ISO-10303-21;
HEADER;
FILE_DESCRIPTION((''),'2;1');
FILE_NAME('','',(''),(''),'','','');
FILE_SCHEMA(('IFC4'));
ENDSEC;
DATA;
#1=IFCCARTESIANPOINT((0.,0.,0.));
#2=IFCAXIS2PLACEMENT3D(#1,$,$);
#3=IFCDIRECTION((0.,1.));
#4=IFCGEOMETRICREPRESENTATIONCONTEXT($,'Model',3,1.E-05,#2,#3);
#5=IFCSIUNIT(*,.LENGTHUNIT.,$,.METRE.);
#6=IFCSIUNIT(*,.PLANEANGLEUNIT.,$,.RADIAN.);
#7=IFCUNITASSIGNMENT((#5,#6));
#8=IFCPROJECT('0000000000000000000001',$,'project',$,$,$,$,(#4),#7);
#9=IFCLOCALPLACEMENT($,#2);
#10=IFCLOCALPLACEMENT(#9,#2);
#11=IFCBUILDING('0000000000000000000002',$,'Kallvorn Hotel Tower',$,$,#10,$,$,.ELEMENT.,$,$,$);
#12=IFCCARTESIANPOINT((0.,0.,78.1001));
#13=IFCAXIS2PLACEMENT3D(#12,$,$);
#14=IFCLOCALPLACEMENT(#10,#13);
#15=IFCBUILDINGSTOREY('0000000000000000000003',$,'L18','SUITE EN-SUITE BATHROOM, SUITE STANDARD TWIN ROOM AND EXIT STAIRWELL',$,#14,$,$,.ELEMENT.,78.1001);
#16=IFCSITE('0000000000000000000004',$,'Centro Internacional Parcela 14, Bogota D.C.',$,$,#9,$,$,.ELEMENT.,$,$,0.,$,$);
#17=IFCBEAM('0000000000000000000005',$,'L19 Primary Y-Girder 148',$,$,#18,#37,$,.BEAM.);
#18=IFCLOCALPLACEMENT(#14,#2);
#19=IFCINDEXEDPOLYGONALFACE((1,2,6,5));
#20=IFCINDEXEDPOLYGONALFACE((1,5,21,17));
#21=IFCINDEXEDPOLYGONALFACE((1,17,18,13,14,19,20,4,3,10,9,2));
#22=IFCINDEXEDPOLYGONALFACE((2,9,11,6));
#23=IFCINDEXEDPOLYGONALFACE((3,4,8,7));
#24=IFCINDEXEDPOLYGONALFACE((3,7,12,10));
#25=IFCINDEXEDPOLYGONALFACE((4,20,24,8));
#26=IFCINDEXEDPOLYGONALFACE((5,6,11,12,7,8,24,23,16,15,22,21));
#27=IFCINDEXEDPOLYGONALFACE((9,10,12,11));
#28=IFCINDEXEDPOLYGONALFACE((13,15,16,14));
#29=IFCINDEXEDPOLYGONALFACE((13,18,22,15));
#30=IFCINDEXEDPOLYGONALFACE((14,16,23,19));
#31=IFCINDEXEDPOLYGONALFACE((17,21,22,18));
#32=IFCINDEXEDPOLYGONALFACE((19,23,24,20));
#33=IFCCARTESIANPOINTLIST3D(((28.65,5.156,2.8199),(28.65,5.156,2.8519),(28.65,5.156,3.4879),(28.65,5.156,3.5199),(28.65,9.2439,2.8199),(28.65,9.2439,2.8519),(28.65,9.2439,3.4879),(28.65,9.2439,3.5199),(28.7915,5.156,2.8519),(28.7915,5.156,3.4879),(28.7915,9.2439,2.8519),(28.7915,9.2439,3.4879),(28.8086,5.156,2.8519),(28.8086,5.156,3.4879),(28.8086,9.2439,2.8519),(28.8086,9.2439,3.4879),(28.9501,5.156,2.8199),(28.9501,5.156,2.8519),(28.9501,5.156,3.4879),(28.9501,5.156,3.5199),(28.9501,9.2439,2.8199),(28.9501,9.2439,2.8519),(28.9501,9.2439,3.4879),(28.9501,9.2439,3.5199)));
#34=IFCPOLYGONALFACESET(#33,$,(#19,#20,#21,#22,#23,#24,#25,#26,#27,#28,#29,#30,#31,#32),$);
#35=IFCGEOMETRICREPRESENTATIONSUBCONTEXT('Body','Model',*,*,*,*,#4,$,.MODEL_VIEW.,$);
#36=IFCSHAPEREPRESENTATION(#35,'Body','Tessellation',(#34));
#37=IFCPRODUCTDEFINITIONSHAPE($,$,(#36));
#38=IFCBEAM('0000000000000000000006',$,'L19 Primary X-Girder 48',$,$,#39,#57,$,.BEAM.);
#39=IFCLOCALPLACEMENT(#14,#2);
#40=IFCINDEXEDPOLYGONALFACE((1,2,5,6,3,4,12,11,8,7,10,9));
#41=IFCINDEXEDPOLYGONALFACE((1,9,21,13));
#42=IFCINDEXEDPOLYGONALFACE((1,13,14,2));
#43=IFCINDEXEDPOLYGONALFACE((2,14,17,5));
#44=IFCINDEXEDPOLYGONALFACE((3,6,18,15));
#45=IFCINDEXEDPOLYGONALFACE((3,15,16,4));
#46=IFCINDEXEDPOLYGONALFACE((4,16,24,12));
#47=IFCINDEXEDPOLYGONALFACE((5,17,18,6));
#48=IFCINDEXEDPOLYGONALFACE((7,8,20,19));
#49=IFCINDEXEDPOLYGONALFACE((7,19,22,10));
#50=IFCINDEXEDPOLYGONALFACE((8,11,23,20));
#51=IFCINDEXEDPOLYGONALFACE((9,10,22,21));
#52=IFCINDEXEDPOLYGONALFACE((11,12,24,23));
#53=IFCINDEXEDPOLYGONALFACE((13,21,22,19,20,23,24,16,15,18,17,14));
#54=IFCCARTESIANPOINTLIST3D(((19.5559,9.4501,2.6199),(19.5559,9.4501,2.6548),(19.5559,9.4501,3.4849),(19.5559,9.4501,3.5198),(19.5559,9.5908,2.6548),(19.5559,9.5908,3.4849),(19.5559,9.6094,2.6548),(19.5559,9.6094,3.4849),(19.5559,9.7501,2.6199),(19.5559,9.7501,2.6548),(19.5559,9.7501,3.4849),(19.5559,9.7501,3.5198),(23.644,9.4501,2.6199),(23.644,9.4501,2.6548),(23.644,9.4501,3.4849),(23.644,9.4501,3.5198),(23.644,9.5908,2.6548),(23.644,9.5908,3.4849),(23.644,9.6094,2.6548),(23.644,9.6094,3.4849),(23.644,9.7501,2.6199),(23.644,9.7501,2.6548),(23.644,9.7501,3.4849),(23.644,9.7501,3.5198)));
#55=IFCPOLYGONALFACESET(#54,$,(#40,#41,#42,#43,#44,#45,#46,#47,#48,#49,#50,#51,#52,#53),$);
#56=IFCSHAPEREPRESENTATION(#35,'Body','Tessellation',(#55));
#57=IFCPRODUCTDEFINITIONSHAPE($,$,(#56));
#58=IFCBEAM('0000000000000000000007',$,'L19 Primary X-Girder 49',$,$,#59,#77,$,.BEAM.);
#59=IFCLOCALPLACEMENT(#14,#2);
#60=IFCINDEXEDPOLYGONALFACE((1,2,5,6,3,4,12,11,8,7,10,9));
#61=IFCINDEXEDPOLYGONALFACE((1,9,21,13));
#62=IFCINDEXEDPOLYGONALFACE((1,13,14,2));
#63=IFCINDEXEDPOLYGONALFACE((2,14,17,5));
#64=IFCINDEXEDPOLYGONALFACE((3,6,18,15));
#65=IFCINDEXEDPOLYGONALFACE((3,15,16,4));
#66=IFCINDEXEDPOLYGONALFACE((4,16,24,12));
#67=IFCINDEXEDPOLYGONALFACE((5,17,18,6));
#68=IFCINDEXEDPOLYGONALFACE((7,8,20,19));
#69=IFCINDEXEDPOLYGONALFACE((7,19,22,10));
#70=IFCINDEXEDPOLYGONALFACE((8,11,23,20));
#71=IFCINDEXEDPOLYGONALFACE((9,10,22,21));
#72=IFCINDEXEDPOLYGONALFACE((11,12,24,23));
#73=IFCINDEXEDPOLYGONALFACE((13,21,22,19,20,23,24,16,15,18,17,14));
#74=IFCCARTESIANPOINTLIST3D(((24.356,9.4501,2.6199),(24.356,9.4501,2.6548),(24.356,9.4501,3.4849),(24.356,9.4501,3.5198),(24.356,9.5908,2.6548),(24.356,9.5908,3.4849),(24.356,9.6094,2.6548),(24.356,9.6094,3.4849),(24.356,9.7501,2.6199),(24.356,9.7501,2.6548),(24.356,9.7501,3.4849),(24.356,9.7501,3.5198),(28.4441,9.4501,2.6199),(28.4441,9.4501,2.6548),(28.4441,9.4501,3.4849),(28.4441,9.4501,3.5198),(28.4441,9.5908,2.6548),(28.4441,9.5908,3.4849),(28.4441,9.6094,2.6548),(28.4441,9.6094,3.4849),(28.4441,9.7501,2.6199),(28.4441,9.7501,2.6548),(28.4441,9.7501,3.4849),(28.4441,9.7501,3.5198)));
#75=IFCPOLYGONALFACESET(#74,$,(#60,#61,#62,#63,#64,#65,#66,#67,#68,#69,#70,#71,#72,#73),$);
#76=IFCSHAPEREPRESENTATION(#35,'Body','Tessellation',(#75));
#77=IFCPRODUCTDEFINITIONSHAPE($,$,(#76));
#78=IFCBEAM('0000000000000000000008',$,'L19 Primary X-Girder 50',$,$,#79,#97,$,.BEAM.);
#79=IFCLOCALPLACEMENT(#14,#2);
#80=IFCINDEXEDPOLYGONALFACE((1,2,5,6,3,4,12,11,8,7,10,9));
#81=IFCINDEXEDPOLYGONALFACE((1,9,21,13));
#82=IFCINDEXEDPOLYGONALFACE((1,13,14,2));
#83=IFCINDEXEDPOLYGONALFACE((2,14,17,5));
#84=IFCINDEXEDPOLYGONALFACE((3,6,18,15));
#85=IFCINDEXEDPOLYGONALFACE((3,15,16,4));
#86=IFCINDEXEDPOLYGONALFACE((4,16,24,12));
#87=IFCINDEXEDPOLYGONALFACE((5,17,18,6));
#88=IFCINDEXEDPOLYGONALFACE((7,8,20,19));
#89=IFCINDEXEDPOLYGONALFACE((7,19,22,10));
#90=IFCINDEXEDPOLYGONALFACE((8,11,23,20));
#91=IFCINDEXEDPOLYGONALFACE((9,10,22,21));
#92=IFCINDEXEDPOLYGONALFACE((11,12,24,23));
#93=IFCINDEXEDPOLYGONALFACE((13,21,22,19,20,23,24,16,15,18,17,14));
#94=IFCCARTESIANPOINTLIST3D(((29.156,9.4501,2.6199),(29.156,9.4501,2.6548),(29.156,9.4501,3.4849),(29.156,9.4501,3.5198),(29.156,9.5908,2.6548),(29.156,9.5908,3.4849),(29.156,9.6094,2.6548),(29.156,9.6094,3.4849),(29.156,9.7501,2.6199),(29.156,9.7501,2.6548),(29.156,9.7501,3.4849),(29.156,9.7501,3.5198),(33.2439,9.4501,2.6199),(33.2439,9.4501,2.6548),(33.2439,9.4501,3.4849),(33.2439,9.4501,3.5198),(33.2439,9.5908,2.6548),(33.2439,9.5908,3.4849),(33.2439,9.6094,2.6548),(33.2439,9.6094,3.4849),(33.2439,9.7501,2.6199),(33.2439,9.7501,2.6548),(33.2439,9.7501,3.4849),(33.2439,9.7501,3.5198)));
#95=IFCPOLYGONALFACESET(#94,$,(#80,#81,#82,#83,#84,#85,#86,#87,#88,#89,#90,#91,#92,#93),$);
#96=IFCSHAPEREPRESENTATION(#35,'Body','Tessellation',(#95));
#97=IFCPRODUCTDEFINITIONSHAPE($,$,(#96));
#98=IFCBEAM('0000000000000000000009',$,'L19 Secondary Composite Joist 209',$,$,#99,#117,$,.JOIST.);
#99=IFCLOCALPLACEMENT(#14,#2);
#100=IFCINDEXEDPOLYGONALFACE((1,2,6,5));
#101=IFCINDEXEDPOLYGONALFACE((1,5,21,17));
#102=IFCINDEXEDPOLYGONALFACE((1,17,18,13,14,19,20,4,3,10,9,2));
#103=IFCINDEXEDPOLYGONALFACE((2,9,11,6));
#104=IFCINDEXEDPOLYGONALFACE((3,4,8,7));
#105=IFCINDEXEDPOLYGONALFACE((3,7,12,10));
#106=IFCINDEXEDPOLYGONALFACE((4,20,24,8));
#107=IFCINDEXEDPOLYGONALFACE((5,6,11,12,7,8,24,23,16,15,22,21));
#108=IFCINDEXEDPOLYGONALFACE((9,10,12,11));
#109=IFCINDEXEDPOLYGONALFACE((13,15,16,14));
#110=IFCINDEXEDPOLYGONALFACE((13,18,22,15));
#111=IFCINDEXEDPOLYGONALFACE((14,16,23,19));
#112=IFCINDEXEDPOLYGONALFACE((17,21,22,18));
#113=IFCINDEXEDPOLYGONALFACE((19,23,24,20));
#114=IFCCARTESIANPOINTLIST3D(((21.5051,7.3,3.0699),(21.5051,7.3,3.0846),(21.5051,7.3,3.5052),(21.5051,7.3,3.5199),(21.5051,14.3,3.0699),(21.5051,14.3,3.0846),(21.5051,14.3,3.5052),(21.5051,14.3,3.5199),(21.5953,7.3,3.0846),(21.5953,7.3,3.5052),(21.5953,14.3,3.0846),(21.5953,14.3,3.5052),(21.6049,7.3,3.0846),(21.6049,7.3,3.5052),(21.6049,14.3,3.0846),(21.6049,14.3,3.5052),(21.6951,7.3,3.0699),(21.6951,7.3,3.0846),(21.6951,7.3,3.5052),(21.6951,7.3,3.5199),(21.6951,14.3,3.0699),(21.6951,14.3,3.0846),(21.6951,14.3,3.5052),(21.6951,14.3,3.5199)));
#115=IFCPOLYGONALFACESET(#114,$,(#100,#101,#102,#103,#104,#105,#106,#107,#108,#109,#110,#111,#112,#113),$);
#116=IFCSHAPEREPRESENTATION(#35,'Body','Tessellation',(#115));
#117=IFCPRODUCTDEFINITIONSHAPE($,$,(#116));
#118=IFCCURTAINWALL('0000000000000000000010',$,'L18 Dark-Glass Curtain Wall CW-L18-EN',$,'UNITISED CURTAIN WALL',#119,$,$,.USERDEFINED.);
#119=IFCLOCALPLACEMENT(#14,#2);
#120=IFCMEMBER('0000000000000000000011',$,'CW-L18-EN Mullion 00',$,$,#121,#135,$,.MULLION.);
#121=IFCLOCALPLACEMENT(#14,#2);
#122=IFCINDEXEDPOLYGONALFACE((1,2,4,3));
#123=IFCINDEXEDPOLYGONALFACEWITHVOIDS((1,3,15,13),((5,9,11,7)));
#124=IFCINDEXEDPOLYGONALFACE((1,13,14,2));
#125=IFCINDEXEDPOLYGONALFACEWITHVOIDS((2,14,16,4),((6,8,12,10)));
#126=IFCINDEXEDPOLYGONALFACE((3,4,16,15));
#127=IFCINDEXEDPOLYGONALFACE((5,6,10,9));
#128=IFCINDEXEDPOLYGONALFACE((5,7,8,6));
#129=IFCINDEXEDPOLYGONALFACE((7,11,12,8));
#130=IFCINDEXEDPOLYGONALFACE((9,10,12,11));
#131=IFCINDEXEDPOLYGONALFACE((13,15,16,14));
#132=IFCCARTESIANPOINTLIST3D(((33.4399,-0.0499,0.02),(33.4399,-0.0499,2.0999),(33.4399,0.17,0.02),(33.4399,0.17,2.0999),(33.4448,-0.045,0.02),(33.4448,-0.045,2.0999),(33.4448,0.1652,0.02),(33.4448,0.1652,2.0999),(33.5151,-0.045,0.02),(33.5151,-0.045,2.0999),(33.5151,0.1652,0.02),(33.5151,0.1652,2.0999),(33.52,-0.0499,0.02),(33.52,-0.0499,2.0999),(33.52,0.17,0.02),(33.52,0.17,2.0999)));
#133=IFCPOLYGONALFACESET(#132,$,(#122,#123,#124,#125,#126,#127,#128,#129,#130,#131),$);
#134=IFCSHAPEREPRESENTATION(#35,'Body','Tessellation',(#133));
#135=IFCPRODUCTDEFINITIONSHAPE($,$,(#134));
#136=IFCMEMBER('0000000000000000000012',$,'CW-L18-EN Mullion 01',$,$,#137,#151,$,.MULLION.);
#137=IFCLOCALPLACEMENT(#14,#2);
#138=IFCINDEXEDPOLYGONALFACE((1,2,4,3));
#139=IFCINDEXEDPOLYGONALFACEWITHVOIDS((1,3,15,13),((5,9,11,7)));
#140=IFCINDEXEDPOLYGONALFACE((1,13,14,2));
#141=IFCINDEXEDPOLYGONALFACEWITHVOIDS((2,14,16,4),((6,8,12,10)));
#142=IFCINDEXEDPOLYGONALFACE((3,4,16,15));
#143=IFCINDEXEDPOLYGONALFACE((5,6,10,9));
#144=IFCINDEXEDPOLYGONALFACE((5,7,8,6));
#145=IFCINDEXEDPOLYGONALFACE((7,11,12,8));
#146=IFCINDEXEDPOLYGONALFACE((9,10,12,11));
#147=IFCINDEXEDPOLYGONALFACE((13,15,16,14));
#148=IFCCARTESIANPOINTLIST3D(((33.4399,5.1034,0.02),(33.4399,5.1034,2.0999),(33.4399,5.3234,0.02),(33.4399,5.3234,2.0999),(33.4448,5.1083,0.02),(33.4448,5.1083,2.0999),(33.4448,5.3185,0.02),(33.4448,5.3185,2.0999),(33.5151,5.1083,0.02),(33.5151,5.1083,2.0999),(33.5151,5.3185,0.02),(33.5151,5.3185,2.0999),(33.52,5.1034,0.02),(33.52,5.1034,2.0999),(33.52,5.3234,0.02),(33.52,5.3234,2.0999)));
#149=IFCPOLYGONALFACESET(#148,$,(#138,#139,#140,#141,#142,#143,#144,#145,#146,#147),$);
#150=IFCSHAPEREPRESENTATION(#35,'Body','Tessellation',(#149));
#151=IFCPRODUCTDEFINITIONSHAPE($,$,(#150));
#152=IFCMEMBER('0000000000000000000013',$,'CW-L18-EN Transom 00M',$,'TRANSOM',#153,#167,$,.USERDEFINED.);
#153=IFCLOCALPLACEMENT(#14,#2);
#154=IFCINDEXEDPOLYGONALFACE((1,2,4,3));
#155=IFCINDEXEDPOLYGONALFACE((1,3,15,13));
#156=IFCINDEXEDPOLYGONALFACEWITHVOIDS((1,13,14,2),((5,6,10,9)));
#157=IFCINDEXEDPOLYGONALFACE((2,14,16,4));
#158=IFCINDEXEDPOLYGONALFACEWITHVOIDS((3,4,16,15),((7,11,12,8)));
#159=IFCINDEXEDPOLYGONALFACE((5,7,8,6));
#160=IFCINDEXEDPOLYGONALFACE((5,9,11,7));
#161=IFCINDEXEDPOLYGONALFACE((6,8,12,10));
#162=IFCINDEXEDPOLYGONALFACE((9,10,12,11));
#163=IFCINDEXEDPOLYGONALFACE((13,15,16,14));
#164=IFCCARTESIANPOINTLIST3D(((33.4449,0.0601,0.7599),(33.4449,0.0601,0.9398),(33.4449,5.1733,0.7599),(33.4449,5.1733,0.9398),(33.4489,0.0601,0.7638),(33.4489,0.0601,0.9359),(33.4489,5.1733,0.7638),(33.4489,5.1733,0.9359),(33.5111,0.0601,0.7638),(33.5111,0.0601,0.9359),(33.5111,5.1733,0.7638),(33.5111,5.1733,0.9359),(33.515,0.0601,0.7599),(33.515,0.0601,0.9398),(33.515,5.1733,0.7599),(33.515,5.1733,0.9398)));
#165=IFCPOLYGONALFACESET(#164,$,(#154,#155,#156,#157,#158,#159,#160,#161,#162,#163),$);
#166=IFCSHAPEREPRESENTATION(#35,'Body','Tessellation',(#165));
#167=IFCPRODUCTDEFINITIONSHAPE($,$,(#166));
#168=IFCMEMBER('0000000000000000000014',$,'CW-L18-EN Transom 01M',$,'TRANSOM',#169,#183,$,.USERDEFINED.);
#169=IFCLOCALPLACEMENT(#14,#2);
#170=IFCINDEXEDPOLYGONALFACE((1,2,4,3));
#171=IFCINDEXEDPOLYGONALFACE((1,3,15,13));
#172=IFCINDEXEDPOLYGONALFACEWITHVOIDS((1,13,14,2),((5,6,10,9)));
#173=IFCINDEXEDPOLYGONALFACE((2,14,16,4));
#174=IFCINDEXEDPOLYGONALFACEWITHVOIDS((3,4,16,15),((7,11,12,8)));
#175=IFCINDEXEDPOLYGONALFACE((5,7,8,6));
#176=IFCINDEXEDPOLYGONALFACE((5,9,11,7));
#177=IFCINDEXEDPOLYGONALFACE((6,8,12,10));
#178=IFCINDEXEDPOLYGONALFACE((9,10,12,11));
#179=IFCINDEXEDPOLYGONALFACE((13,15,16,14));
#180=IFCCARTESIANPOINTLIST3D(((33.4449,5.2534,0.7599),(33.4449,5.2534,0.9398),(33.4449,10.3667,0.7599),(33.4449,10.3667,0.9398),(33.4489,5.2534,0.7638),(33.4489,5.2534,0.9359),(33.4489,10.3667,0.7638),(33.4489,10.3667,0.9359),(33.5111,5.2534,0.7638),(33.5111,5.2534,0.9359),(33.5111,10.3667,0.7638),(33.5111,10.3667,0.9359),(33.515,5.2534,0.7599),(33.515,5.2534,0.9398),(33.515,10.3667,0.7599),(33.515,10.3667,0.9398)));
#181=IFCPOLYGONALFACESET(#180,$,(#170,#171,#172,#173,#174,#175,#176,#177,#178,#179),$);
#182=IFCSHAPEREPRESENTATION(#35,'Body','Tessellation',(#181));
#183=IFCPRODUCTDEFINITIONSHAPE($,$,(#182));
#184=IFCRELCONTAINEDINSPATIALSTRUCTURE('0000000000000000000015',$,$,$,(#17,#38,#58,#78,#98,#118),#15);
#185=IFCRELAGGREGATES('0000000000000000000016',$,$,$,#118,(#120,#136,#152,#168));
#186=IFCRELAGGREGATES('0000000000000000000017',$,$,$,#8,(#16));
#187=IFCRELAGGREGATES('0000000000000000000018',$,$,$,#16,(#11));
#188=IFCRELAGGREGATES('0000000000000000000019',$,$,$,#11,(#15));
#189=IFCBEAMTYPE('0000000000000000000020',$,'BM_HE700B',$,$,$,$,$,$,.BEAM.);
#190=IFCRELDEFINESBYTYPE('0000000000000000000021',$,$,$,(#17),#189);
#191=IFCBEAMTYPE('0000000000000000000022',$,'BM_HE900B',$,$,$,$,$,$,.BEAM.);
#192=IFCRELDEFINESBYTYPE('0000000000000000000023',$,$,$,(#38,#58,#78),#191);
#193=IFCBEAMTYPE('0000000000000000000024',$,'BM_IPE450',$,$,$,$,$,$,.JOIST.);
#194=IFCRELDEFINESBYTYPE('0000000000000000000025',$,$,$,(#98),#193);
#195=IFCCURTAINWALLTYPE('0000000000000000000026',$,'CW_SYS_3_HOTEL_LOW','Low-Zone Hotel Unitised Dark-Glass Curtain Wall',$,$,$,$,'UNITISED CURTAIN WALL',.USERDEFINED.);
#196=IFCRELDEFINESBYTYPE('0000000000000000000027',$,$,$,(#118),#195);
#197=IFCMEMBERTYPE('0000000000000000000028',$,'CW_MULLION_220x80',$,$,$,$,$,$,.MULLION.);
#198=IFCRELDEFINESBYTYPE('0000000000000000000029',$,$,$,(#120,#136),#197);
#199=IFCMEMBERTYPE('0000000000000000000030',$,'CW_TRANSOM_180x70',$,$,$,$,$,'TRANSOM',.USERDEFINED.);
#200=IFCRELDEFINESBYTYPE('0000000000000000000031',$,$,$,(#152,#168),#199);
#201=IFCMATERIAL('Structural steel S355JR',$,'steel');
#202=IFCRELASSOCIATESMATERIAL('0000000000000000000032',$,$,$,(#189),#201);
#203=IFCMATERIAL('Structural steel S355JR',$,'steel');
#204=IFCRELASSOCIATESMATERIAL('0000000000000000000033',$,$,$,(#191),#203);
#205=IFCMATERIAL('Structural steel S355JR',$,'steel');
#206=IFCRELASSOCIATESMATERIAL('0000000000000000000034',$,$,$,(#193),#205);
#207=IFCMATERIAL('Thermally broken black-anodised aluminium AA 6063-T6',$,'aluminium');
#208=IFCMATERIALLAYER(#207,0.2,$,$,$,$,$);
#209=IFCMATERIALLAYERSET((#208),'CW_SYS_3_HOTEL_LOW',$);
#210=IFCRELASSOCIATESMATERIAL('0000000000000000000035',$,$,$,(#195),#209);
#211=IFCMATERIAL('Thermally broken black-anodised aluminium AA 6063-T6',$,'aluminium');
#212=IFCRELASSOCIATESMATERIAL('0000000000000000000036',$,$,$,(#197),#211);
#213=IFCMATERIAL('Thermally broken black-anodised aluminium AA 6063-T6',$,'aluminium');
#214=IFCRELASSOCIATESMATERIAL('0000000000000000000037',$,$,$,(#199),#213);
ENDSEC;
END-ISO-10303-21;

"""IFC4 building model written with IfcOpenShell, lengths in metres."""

from ifc_helpers import new_model, si_unit, direction, frame, origin, origin_2d, place, context, subcontext, project, spatial, hollow_rectangle, i_section, extrude, material, layer, layer_set, material_profile, profile_set, type_object, element, aggregate, save


model = new_model("IFC4")

# Units and contexts
model_context = context("Model", 3, precision=1e-05, world=origin(), true_north=direction((0.0, 1.0)))
body_context = subcontext(model_context, "Body", "Model", "MODEL_VIEW")
ifc_project = project(units=[si_unit("LENGTHUNIT", "METRE"), si_unit("PLANEANGLEUNIT", "RADIAN")], contexts=[model_context])

# Site, building, storey
site_placement = place(None, origin())
site = spatial("IfcSite", under=ifc_project, at=site_placement, Name="Centro Internacional Parcela 14, Bogota D.C.", CompositionType="ELEMENT", RefElevation=0.0)
building_placement = place(site_placement, origin())
building = spatial("IfcBuilding", under=site, at=building_placement, Name="Kallvorn Hotel Tower", CompositionType="ELEMENT")
storey_placement = place(building_placement, frame((0.0, 0.0, 78.1001)))
storey = spatial("IfcBuildingStorey", under=building, at=storey_placement, Name="L18", Description="SUITE EN-SUITE BATHROOM, SUITE STANDARD TWIN ROOM AND EXIT STAIRWELL", CompositionType="ELEMENT", Elevation=78.1001)

# Beams
ifc_material_1 = material(Name="Structural steel S355JR", Category="steel")
ifc_material_profile_1 = material_profile(ifc_material_1, i_section(OverallWidth=0.3, OverallDepth=0.7, WebThickness=0.0171, FlangeThickness=0.032, at=origin_2d()), Name="HE 700 B")
ifc_profile_set_1 = profile_set([ifc_material_profile_1], Name="Structural steel S355JR")
beam_type_1 = type_object("IfcBeamType", Name="BM_HE700B", PredefinedType="BEAM", material=ifc_profile_set_1)
beam_1_placement = place(storey_placement, frame((28.8, 5.156, 3.1699), z_axis=(0.0, 1.0, 0.0), x_axis=(-1.0, 0.0, 0.0)))
element("IfcBeam", 1, at=beam_1_placement, inside=storey, type_object=beam_type_1, Name="L19 Primary Y-Girder 148", PredefinedType="BEAM", context=body_context, shape_type="SweptSolid", body=[
    extrude(i_section(OverallWidth=0.3, OverallDepth=0.7, WebThickness=0.0171, FlangeThickness=0.032, at=origin_2d()), origin(), (0.0, 0.0, 1.0), 4.0879),
])
ifc_material_2 = material(Name="Structural steel S355JR", Category="steel")
ifc_material_profile_2 = material_profile(ifc_material_2, i_section(OverallWidth=0.3, OverallDepth=0.8999, WebThickness=0.0186, FlangeThickness=0.0349, at=origin_2d()), Name="HE 900 B")
ifc_profile_set_2 = profile_set([ifc_material_profile_2], Name="Structural steel S355JR")
beam_type_2 = type_object("IfcBeamType", Name="BM_HE900B", PredefinedType="BEAM", material=ifc_profile_set_2)
for number, where, z_axis, x_axis, name in (
    (2, (19.5559, 9.6001, 3.0698), (1.0, 0.0, 0.0), (0.0, 1.0, 0.0), "L19 Primary X-Girder 48"),
    (3, (24.356, 9.6001, 3.0698), (1.0, 0.0, 0.0), (0.0, 1.0, 0.0), "L19 Primary X-Girder 49"),
):
    element("IfcBeam", number, at=place(storey_placement, frame(where, z_axis=z_axis, x_axis=x_axis)), inside=storey, type_object=beam_type_2, Name=name, PredefinedType="BEAM", context=body_context, shape_type="SweptSolid", body=[
        extrude(i_section(OverallWidth=0.3, OverallDepth=0.8999, WebThickness=0.0186, FlangeThickness=0.0349, at=origin_2d()), origin(), (0.0, 0.0, 1.0), 4.0881),
    ])
beam_2_placement = place(storey_placement, frame((29.156, 9.6001, 3.0698), z_axis=(1.0, 0.0, 0.0), x_axis=(0.0, 1.0, 0.0)))
element("IfcBeam", 4, at=beam_2_placement, inside=storey, type_object=beam_type_2, Name="L19 Primary X-Girder 50", PredefinedType="BEAM", context=body_context, shape_type="SweptSolid", body=[
    extrude(i_section(OverallWidth=0.3, OverallDepth=0.8999, WebThickness=0.0186, FlangeThickness=0.0349, at=origin_2d()), origin(), (0.0, 0.0, 1.0), 4.0879),
])
ifc_material_3 = material(Name="Structural steel S355JR", Category="steel")
ifc_material_profile_3 = material_profile(ifc_material_3, i_section(OverallWidth=0.1899, OverallDepth=0.45, WebThickness=0.0095, FlangeThickness=0.0146, at=origin_2d()), Name="IPE 450")
ifc_profile_set_3 = profile_set([ifc_material_profile_3], Name="Structural steel S355JR")
beam_type_3 = type_object("IfcBeamType", Name="BM_IPE450", PredefinedType="JOIST", material=ifc_profile_set_3)
beam_3_placement = place(storey_placement, frame((21.6001, 7.3, 3.2949), z_axis=(0.0, 1.0, 0.0), x_axis=(-1.0, 0.0, 0.0)))
element("IfcBeam", 5, at=beam_3_placement, inside=storey, type_object=beam_type_3, Name="L19 Secondary Composite Joist 209", PredefinedType="JOIST", context=body_context, shape_type="SweptSolid", body=[
    extrude(i_section(OverallWidth=0.1899, OverallDepth=0.45, WebThickness=0.0095, FlangeThickness=0.0146, at=origin_2d()), origin(), (0.0, 0.0, 1.0), 7.0),
])

# Curtain wall, members
ifc_material_4 = material(Name="Thermally broken black-anodised aluminium AA 6063-T6", Category="aluminium")
ifc_layer_1 = layer(ifc_material_4, 0.2)
ifc_layer_set_1 = layer_set([ifc_layer_1], Name="CW_SYS_3_HOTEL_LOW")
curtain_wall_type = type_object("IfcCurtainWallType", Name="CW_SYS_3_HOTEL_LOW", Description="Low-Zone Hotel Unitised Dark-Glass Curtain Wall", ElementType="UNITISED CURTAIN WALL", PredefinedType="USERDEFINED", material=ifc_layer_set_1)
curtain_wall_placement = place(storey_placement, origin())
curtain_wall = element("IfcCurtainWall", 6, at=curtain_wall_placement, inside=storey, type_object=curtain_wall_type, Name="L18 Dark-Glass Curtain Wall CW-L18-EN", ObjectType="UNITISED CURTAIN WALL", PredefinedType="USERDEFINED")
ifc_material_5 = material(Name="Thermally broken black-anodised aluminium AA 6063-T6", Category="aluminium")
ifc_material_profile_4 = material_profile(ifc_material_5, hollow_rectangle(XDim=0.0801, YDim=0.22, WallThickness=0.0049, at=origin_2d()), Name="MUL 220x80")
ifc_profile_set_4 = profile_set([ifc_material_profile_4], Name="Thermally broken black-anodised aluminium AA 6063-T6")
member_type_1 = type_object("IfcMemberType", Name="CW_MULLION_220x80", PredefinedType="MULLION", material=ifc_profile_set_4)
member_1_placement = place(storey_placement, frame((33.48, 0.0601, 0.02), z_axis=(0.0, 0.0, 1.0), x_axis=(1.0, 0.0, 0.0)))
member_1 = element("IfcMember", 7, at=member_1_placement, type_object=member_type_1, Name="CW-L18-EN Mullion 00", PredefinedType="MULLION", context=body_context, shape_type="SweptSolid", body=[
    extrude(hollow_rectangle(XDim=0.0801, YDim=0.22, WallThickness=0.0049, at=origin_2d()), origin(), (0.0, 0.0, 1.0), 2.0798),
])
member_2_placement = place(storey_placement, frame((33.48, 5.2134, 0.02), z_axis=(0.0, 0.0, 1.0), x_axis=(1.0, 0.0, 0.0)))
member_2 = element("IfcMember", 8, at=member_2_placement, type_object=member_type_1, Name="CW-L18-EN Mullion 01", PredefinedType="MULLION", context=body_context, shape_type="SweptSolid", body=[
    extrude(hollow_rectangle(XDim=0.0801, YDim=0.22, WallThickness=0.0049, at=origin_2d()), origin(), (0.0, 0.0, 1.0), 2.0798),
])
ifc_material_6 = material(Name="Thermally broken black-anodised aluminium AA 6063-T6", Category="aluminium")
ifc_material_profile_5 = material_profile(ifc_material_6, hollow_rectangle(XDim=0.0701, YDim=0.1799, WallThickness=0.0039, at=origin_2d()), Name="TRN 180x70")
ifc_profile_set_5 = profile_set([ifc_material_profile_5], Name="Thermally broken black-anodised aluminium AA 6063-T6")
member_type_2 = type_object("IfcMemberType", Name="CW_TRANSOM_180x70", ElementType="TRANSOM", PredefinedType="USERDEFINED", material=ifc_profile_set_5)
member_3_placement = place(storey_placement, frame((33.48, 0.0601, 0.8499), z_axis=(0.0, 1.0, 0.0), x_axis=(-1.0, 0.0, 0.0)))
member_3 = element("IfcMember", 9, at=member_3_placement, type_object=member_type_2, Name="CW-L18-EN Transom 00M", ObjectType="TRANSOM", PredefinedType="USERDEFINED", context=body_context, shape_type="SweptSolid", body=[
    extrude(hollow_rectangle(XDim=0.0701, YDim=0.1799, WallThickness=0.0039, at=origin_2d()), origin(), (0.0, 0.0, 1.0), 5.1133),
])
member_4_placement = place(storey_placement, frame((33.48, 5.2534, 0.8499), z_axis=(0.0, 1.0, 0.0), x_axis=(-1.0, 0.0, 0.0)))
member_4 = element("IfcMember", 10, at=member_4_placement, type_object=member_type_2, Name="CW-L18-EN Transom 01M", ObjectType="TRANSOM", PredefinedType="USERDEFINED", context=body_context, shape_type="SweptSolid", body=[
    extrude(hollow_rectangle(XDim=0.0701, YDim=0.1799, WallThickness=0.0039, at=origin_2d()), origin(), (0.0, 0.0, 1.0), 5.1133),
])
aggregate(curtain_wall, [member_1, member_2, member_3, member_4])

save(model, "model.ifc")
